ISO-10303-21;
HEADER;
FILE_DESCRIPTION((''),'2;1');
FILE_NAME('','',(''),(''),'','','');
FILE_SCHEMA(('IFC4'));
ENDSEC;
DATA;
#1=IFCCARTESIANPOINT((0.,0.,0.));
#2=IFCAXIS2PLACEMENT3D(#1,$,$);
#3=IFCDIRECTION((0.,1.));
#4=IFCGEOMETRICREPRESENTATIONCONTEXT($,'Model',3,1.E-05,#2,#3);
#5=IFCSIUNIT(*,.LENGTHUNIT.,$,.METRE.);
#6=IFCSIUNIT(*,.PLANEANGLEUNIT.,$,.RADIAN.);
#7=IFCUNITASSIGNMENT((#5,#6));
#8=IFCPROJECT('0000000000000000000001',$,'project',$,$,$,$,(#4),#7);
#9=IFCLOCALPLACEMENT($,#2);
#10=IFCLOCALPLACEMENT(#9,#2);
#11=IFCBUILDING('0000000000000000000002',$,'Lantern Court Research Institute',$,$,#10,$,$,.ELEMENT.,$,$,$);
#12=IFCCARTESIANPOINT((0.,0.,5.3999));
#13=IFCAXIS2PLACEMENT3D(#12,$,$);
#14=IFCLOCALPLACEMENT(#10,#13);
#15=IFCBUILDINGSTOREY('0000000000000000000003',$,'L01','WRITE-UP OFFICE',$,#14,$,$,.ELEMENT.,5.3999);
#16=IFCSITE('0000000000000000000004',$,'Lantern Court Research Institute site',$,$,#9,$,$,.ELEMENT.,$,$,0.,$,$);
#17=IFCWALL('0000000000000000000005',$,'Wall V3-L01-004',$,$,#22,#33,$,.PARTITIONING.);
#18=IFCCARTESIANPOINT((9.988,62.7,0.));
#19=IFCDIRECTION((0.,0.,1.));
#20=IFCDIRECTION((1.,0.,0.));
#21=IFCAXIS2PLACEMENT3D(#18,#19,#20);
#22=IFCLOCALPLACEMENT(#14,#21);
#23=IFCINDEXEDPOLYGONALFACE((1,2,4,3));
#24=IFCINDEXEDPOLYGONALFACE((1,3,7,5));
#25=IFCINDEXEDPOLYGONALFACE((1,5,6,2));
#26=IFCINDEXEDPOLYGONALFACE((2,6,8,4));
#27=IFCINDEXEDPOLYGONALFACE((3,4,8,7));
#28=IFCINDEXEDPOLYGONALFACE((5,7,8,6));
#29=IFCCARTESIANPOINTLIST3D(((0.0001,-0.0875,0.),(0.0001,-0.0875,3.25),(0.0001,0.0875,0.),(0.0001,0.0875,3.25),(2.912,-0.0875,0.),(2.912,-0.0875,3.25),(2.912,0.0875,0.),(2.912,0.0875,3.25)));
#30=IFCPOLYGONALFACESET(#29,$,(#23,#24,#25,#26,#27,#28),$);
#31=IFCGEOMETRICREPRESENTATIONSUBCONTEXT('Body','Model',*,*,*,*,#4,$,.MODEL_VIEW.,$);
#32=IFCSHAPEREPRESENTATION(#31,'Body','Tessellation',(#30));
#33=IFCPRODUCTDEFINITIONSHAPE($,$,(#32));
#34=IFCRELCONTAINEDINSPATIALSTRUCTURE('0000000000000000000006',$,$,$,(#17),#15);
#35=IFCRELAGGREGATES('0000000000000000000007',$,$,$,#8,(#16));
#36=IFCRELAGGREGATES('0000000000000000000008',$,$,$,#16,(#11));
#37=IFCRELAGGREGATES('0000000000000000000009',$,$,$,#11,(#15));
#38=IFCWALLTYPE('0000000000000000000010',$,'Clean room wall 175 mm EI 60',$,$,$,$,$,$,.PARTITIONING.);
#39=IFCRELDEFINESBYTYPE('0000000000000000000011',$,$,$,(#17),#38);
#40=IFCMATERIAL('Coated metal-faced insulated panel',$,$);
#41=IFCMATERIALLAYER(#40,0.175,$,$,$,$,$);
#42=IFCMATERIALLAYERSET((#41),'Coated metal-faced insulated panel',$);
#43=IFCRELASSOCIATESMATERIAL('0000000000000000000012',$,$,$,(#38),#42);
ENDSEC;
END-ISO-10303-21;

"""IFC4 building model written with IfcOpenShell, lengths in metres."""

from ifc_helpers import new_model, si_unit, direction, frame, frame_2d, origin, place, context, subcontext, project, spatial, rectangle, extrude, material, layer, layer_set, type_object, element, save


model = new_model("IFC4")

# Units and contexts
model_context = context("Model", 3, precision=1e-05, world=origin(), true_north=direction((0.0, 1.0)))
body_context = subcontext(model_context, "Body", "Model", "MODEL_VIEW")
ifc_project = project(units=[si_unit("LENGTHUNIT", "METRE"), si_unit("PLANEANGLEUNIT", "RADIAN")], contexts=[model_context])

# Site, building, storey
site_placement = place(None, origin())
site = spatial("IfcSite", under=ifc_project, at=site_placement, Name="Lantern Court Research Institute site", CompositionType="ELEMENT", RefElevation=0.0)
building_placement = place(site_placement, origin())
building = spatial("IfcBuilding", under=site, at=building_placement, Name="Lantern Court Research Institute", CompositionType="ELEMENT")
storey_placement = place(building_placement, frame((0.0, 0.0, 5.3999)))
storey = spatial("IfcBuildingStorey", under=building, at=storey_placement, Name="L01", Description="WRITE-UP OFFICE", CompositionType="ELEMENT", Elevation=5.3999)

# Shared definitions
ifc_material_1 = material(Name="Coated metal-faced insulated panel")
ifc_layer_1 = layer(ifc_material_1, 0.175)
ifc_layer_set_1 = layer_set([ifc_layer_1], Name="Coated metal-faced insulated panel")
wall_type_1 = type_object("IfcWallType", Name="Clean room wall 175 mm EI 60", PredefinedType="PARTITIONING", material=ifc_layer_set_1)

# Wall
wall_1_placement = place(storey_placement, frame((9.988, 62.7, 0.0), z_axis=(0.0, 0.0, 1.0), x_axis=(1.0, 0.0, 0.0)))
element("IfcWall", 1, at=wall_1_placement, inside=storey, type_object=wall_type_1, Name="Wall V3-L01-004", PredefinedType="PARTITIONING", context=body_context, shape_type="SweptSolid", body=[
    extrude(rectangle(XDim=2.9119, YDim=0.175, at=frame_2d((1.4561, 0.0))), origin(), (0.0, 0.0, 1.0), 3.25),
])

save(model, "model.ifc")
